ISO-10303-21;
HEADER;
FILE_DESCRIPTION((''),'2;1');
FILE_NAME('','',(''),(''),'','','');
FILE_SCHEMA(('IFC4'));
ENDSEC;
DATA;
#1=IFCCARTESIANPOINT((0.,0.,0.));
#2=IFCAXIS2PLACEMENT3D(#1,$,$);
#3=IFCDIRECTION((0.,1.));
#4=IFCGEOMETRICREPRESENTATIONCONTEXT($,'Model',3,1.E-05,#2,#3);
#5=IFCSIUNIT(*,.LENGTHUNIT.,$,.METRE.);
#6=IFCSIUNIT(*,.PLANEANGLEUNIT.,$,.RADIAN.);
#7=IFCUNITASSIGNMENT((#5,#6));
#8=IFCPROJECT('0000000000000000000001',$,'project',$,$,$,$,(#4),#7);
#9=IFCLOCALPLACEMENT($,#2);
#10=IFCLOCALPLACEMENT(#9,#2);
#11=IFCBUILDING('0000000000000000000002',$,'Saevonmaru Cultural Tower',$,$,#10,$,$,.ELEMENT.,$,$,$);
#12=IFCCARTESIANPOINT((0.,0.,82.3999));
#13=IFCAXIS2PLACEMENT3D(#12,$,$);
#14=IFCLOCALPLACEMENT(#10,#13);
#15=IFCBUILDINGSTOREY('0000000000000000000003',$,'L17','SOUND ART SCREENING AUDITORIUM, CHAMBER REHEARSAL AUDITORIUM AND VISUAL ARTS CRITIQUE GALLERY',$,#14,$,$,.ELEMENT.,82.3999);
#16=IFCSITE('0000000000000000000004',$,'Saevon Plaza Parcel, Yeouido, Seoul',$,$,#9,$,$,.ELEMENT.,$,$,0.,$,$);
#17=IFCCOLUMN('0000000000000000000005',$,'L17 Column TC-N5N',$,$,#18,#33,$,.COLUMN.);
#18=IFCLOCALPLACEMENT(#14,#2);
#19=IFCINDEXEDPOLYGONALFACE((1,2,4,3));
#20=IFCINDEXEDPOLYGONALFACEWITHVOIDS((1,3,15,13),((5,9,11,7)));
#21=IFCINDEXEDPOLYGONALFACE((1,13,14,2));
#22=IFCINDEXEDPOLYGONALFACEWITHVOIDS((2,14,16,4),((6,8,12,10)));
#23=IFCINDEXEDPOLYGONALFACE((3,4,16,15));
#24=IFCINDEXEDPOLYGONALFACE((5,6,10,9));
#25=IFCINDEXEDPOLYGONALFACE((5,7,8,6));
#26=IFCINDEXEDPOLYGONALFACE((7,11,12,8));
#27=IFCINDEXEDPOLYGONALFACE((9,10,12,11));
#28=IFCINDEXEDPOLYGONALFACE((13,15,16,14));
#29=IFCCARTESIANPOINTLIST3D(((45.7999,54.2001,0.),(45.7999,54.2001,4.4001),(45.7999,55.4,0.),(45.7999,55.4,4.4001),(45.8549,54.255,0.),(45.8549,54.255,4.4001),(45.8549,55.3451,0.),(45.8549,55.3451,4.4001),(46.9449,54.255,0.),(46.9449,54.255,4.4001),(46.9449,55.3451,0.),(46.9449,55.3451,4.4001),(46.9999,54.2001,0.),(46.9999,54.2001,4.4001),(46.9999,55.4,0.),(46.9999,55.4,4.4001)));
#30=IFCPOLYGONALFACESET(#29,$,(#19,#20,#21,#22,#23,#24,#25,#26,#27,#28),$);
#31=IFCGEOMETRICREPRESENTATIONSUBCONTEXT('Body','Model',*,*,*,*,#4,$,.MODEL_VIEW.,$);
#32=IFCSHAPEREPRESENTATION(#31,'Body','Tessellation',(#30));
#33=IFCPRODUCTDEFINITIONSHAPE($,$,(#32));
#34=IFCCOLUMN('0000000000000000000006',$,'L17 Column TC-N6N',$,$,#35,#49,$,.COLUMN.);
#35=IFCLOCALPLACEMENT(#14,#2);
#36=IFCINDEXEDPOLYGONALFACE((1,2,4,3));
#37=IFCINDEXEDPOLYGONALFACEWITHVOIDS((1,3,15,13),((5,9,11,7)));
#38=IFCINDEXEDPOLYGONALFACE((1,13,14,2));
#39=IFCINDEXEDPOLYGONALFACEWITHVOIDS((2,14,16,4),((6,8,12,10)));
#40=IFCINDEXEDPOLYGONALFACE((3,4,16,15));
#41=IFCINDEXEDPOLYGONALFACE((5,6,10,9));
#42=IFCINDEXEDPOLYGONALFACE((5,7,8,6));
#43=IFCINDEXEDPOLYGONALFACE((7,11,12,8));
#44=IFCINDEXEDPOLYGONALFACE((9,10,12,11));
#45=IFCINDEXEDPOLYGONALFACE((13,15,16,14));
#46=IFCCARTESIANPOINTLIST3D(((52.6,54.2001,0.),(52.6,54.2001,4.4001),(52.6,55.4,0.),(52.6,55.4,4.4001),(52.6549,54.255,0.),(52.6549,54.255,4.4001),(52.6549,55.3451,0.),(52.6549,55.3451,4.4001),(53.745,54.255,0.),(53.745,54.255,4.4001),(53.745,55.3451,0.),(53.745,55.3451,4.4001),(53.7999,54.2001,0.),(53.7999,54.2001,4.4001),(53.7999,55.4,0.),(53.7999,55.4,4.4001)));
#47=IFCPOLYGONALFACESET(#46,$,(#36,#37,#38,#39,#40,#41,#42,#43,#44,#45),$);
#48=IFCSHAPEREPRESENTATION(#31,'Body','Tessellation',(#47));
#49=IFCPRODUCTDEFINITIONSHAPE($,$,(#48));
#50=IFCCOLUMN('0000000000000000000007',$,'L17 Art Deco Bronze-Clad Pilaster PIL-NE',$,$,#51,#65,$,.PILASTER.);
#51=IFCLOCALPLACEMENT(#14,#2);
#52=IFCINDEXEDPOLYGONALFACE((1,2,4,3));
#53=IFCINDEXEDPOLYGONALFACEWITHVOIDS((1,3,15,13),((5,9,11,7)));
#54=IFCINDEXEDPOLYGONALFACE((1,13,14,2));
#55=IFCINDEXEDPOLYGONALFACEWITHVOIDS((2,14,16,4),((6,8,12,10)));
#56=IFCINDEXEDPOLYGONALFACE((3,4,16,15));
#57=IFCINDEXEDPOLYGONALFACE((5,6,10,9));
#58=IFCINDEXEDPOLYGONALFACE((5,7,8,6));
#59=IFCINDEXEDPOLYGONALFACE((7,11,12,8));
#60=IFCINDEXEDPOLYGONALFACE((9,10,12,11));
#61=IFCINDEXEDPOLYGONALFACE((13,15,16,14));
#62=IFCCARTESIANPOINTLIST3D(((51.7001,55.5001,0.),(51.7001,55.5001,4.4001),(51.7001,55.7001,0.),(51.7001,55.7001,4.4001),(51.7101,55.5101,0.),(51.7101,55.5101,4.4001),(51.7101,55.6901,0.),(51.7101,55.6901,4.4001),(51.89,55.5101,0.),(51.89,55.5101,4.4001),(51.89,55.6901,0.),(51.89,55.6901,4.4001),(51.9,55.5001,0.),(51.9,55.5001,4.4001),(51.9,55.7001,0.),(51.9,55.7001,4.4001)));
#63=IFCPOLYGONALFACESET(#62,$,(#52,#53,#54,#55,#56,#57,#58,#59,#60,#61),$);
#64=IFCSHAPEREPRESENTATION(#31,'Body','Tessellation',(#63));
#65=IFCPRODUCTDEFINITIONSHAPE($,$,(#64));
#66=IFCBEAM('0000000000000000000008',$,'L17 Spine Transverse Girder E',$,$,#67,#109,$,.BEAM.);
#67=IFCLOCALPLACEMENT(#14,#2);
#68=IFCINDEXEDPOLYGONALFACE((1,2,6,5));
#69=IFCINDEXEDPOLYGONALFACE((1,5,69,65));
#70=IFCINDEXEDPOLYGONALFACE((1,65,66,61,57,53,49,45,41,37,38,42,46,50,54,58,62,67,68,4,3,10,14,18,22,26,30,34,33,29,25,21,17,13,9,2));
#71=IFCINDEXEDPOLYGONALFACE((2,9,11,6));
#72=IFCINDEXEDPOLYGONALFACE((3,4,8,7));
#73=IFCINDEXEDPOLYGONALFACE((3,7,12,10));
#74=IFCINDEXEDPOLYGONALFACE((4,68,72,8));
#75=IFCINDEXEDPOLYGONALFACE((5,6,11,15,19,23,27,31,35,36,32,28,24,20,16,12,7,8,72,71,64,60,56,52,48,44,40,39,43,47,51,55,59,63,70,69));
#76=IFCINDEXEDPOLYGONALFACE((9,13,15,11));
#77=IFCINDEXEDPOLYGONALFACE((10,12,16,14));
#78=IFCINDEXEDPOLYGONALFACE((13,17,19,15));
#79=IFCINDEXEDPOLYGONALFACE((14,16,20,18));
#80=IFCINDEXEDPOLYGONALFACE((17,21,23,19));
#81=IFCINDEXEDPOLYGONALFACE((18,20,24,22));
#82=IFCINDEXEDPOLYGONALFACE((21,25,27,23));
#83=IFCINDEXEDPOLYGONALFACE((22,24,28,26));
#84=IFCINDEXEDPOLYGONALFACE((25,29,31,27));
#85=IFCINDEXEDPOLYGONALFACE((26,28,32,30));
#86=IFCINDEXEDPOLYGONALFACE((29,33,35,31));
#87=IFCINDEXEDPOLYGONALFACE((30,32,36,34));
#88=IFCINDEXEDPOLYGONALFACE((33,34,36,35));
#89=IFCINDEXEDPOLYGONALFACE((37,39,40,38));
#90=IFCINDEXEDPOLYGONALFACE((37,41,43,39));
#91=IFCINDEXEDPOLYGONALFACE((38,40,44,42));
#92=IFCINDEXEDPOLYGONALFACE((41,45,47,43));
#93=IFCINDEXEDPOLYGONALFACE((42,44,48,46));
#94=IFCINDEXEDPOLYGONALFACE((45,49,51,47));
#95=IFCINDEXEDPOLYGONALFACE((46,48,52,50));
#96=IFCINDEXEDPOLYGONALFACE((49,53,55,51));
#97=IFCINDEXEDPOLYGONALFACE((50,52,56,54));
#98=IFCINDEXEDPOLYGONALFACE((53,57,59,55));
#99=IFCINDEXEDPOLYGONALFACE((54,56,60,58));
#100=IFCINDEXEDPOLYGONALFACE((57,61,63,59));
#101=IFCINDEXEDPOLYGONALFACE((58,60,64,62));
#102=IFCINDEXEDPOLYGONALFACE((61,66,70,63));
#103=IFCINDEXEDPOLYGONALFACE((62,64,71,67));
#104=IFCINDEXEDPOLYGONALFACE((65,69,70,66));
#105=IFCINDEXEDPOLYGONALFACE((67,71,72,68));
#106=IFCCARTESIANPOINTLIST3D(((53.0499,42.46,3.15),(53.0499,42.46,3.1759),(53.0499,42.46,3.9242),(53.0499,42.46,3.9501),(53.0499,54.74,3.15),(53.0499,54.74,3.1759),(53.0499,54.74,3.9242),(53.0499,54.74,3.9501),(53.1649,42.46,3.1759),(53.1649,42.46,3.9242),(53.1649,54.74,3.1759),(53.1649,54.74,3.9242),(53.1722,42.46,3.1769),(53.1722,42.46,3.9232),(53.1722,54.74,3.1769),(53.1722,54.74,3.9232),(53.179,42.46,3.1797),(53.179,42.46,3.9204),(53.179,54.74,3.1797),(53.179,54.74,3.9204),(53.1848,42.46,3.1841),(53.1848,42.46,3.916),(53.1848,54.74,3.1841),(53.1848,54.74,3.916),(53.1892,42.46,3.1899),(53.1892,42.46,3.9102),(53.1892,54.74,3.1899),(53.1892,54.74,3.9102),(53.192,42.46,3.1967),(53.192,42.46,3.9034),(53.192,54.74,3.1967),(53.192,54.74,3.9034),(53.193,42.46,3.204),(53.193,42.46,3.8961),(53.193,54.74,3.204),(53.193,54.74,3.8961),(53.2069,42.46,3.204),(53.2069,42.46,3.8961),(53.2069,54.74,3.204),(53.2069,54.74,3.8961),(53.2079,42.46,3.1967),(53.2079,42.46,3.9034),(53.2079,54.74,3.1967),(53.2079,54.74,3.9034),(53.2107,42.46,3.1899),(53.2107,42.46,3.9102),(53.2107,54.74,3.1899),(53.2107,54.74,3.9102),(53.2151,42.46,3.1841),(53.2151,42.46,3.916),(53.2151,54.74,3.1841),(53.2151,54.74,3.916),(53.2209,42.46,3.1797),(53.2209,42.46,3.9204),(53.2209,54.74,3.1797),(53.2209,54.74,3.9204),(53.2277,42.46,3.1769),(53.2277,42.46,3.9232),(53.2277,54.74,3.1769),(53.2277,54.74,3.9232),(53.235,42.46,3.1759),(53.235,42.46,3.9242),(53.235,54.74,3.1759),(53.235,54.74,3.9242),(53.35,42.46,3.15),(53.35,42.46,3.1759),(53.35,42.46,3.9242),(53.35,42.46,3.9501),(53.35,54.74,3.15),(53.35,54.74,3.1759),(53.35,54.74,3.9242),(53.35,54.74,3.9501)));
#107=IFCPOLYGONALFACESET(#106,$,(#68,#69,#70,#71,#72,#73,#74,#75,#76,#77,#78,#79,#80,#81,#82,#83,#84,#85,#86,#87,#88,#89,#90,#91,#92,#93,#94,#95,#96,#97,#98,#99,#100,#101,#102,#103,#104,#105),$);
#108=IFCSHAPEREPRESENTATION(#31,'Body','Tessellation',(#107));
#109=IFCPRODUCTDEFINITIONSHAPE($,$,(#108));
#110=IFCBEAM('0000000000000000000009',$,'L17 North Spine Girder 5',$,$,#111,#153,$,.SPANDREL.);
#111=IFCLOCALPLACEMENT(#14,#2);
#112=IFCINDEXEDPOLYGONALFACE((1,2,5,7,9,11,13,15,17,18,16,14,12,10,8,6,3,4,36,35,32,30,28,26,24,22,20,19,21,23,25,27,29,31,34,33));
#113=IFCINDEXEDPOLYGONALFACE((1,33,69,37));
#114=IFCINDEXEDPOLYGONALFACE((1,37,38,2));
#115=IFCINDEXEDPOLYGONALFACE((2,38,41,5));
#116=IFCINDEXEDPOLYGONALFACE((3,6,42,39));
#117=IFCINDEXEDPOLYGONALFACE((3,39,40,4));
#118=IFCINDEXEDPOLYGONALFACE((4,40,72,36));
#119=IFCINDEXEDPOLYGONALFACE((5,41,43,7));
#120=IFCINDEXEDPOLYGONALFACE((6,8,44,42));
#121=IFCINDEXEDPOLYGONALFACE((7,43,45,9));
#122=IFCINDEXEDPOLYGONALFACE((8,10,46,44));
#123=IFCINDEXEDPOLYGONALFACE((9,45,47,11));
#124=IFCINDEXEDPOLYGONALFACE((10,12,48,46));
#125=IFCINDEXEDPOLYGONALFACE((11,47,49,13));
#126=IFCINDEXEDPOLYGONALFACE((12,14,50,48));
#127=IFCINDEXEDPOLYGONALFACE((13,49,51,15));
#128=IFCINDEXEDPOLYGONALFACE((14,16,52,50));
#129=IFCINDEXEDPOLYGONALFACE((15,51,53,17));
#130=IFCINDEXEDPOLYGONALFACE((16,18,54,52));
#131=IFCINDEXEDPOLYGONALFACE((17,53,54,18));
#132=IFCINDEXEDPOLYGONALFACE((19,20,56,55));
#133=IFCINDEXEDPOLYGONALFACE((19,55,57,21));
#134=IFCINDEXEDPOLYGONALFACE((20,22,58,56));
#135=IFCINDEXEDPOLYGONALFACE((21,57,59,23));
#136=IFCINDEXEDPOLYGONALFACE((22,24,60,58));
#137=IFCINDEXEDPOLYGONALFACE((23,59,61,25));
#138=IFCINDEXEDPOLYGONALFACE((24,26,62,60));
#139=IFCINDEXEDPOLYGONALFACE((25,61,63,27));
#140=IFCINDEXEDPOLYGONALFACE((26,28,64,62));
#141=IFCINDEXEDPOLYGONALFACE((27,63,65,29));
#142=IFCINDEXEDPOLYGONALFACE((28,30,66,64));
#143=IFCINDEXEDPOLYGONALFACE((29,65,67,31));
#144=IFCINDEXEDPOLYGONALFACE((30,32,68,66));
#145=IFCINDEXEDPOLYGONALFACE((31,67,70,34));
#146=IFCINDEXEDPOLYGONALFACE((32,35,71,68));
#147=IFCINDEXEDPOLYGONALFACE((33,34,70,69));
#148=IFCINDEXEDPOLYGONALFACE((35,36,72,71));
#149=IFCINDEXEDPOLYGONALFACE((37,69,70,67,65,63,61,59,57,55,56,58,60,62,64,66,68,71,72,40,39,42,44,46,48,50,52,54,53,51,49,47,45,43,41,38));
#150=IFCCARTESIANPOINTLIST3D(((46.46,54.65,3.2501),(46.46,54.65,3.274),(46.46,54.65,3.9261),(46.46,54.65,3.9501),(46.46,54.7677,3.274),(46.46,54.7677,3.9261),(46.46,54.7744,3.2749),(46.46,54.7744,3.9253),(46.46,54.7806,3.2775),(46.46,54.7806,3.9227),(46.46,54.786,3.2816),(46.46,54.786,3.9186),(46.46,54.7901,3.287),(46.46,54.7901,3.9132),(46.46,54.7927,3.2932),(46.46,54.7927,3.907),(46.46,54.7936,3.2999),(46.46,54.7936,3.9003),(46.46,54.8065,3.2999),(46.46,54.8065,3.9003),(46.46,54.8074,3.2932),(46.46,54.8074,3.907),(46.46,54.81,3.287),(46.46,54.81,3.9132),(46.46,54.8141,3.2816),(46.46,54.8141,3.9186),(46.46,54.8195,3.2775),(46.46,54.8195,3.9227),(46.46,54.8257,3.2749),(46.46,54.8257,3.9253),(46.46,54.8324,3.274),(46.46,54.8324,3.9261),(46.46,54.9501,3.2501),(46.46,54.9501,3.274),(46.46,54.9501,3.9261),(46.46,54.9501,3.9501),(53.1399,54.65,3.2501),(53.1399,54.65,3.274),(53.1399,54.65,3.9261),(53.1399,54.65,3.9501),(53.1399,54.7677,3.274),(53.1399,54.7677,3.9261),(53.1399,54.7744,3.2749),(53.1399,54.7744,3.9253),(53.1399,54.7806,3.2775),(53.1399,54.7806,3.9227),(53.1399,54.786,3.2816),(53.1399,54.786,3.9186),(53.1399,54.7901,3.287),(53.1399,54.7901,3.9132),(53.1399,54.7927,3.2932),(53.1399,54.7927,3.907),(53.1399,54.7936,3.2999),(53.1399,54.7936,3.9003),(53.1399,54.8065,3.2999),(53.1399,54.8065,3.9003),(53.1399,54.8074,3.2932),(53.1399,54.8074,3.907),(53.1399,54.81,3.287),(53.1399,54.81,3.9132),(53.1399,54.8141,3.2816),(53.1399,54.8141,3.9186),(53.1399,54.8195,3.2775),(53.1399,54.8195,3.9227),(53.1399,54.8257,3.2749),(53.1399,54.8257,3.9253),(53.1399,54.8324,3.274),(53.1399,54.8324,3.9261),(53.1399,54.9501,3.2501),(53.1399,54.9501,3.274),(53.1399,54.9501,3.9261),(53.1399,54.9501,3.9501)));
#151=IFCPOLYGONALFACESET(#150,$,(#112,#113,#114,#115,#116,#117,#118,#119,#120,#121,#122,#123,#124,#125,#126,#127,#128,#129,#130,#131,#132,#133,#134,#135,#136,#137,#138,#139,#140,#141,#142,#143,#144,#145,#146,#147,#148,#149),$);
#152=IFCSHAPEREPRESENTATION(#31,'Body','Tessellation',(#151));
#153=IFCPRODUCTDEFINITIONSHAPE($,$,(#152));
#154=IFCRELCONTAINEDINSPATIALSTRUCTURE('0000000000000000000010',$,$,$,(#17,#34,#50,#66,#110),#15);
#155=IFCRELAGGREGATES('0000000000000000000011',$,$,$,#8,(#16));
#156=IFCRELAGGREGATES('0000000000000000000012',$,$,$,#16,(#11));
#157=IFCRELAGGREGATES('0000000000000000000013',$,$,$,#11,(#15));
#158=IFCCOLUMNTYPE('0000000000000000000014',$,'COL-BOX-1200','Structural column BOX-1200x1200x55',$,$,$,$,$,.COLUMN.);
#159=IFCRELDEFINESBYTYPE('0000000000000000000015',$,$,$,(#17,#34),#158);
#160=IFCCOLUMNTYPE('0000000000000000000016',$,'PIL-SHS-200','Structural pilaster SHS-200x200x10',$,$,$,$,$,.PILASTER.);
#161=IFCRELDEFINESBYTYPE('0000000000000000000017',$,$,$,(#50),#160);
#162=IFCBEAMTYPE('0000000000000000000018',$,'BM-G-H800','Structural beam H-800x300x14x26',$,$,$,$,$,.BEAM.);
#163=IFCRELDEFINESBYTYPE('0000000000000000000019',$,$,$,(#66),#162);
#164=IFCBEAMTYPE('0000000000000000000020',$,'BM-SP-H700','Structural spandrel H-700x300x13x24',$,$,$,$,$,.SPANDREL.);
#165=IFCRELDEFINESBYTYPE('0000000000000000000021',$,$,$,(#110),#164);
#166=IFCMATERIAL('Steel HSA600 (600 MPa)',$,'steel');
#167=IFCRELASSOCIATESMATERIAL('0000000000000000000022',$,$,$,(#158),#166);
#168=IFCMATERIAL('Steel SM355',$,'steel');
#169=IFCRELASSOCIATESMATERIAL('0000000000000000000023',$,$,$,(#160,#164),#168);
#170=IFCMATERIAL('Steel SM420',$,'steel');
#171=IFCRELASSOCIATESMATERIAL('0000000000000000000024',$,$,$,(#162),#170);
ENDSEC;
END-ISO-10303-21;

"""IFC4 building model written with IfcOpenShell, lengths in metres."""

from ifc_helpers import new_model, si_unit, direction, frame, origin, origin_2d, place, context, subcontext, project, spatial, hollow_rectangle, i_section, extrude, material, material_profile, profile_set, type_object, element, save


model = new_model("IFC4")

# Units and contexts
model_context = context("Model", 3, precision=1e-05, world=origin(), true_north=direction((0.0, 1.0)))
body_context = subcontext(model_context, "Body", "Model", "MODEL_VIEW")
ifc_project = project(units=[si_unit("LENGTHUNIT", "METRE"), si_unit("PLANEANGLEUNIT", "RADIAN")], contexts=[model_context])

# Site, building, storey
site_placement = place(None, origin())
site = spatial("IfcSite", under=ifc_project, at=site_placement, Name="Saevon Plaza Parcel, Yeouido, Seoul", CompositionType="ELEMENT", RefElevation=0.0)
building_placement = place(site_placement, origin())
building = spatial("IfcBuilding", under=site, at=building_placement, Name="Saevonmaru Cultural Tower", CompositionType="ELEMENT")
storey_placement = place(building_placement, frame((0.0, 0.0, 82.3999)))
storey = spatial("IfcBuildingStorey", under=building, at=storey_placement, Name="L17", Description="SOUND ART SCREENING AUDITORIUM, CHAMBER REHEARSAL AUDITORIUM AND VISUAL ARTS CRITIQUE GALLERY", CompositionType="ELEMENT", Elevation=82.3999)

# Columns
ifc_material_1 = material(Name="Steel HSA600 (600 MPa)", Category="steel")
ifc_material_profile_1 = material_profile(ifc_material_1, hollow_rectangle(XDim=1.2, YDim=1.2, WallThickness=0.0549, at=origin_2d()), Name="BOX-1200x1200x55")
ifc_profile_set_1 = profile_set([ifc_material_profile_1], Name="Steel HSA600 (600 MPa)")
column_type_1 = type_object("IfcColumnType", Name="COL-BOX-1200", Description="Structural column BOX-1200x1200x55", PredefinedType="COLUMN", material=ifc_profile_set_1)
for number, where, z_axis, x_axis, name in (
    (1, (46.3999, 54.8, 0.0), (0.0, 0.0, 1.0), (1.0, 0.0, 0.0), "L17 Column TC-N5N"),
    (2, (53.2, 54.8, 0.0), (0.0, 0.0, 1.0), (1.0, 0.0, 0.0), "L17 Column TC-N6N"),
):
    element("IfcColumn", number, at=place(storey_placement, frame(where, z_axis=z_axis, x_axis=x_axis)), inside=storey, type_object=column_type_1, Name=name, PredefinedType="COLUMN", context=body_context, shape_type="SweptSolid", body=[
        extrude(hollow_rectangle(XDim=1.2, YDim=1.2, WallThickness=0.0549, at=origin_2d()), origin(), (0.0, 0.0, 1.0), 4.4001),
    ])
ifc_material_2 = material(Name="Steel SM355", Category="steel")
ifc_material_profile_2 = material_profile(ifc_material_2, hollow_rectangle(XDim=0.2, YDim=0.2, WallThickness=0.01, at=origin_2d()), Name="SHS-200x200x10")
ifc_profile_set_2 = profile_set([ifc_material_profile_2], Name="Steel SM355")
column_type_2 = type_object("IfcColumnType", Name="PIL-SHS-200", Description="Structural pilaster SHS-200x200x10", PredefinedType="PILASTER", material=ifc_profile_set_2)
column_placement = place(storey_placement, frame((51.8, 55.6001, 0.0), z_axis=(0.0, 0.0, 1.0), x_axis=(1.0, 0.0, 0.0)))
element("IfcColumn", 3, at=column_placement, inside=storey, type_object=column_type_2, Name="L17 Art Deco Bronze-Clad Pilaster PIL-NE", PredefinedType="PILASTER", context=body_context, shape_type="SweptSolid", body=[
    extrude(hollow_rectangle(XDim=0.2, YDim=0.2, WallThickness=0.01, at=origin_2d()), origin(), (0.0, 0.0, 1.0), 4.4001),
])

# Beams
ifc_material_3 = material(Name="Steel SM420", Category="steel")
ifc_material_profile_3 = material_profile(ifc_material_3, i_section(OverallWidth=0.3, OverallDepth=0.8, WebThickness=0.0139, FlangeThickness=0.0259, FilletRadius=0.0281, at=origin_2d()), Name="H-800x300x14x26")
ifc_profile_set_3 = profile_set([ifc_material_profile_3], Name="Steel SM420")
beam_type_1 = type_object("IfcBeamType", Name="BM-G-H800", Description="Structural beam H-800x300x14x26", PredefinedType="BEAM", material=ifc_profile_set_3)
beam_1_placement = place(storey_placement, frame((53.2, 54.74, 3.55), z_axis=(0.0, -1.0, 0.0), x_axis=(1.0, 0.0, 0.0)))
element("IfcBeam", 4, at=beam_1_placement, inside=storey, type_object=beam_type_1, Name="L17 Spine Transverse Girder E", PredefinedType="BEAM", context=body_context, shape_type="SweptSolid", body=[
    extrude(i_section(OverallWidth=0.3, OverallDepth=0.8, WebThickness=0.0139, FlangeThickness=0.0259, FilletRadius=0.0281, at=origin_2d()), origin(), (0.0, 0.0, 1.0), 12.28),
])
ifc_material_profile_4 = material_profile(ifc_material_2, i_section(OverallWidth=0.3, OverallDepth=0.7, WebThickness=0.0129, FlangeThickness=0.0239, FilletRadius=0.0259, at=origin_2d()), Name="H-700x300x13x24")
ifc_profile_set_4 = profile_set([ifc_material_profile_4], Name="Steel SM355")
beam_type_2 = type_object("IfcBeamType", Name="BM-SP-H700", Description="Structural spandrel H-700x300x13x24", PredefinedType="SPANDREL", material=ifc_profile_set_4)
beam_2_placement = place(storey_placement, frame((46.46, 54.8, 3.6001), z_axis=(1.0, 0.0, 0.0), x_axis=(0.0, 1.0, 0.0)))
element("IfcBeam", 5, at=beam_2_placement, inside=storey, type_object=beam_type_2, Name="L17 North Spine Girder 5", PredefinedType="SPANDREL", context=body_context, shape_type="SweptSolid", body=[
    extrude(i_section(OverallWidth=0.3, OverallDepth=0.7, WebThickness=0.0129, FlangeThickness=0.0239, FilletRadius=0.0259, at=origin_2d()), origin(), (0.0, 0.0, 1.0), 6.6799),
])

save(model, "model.ifc")
